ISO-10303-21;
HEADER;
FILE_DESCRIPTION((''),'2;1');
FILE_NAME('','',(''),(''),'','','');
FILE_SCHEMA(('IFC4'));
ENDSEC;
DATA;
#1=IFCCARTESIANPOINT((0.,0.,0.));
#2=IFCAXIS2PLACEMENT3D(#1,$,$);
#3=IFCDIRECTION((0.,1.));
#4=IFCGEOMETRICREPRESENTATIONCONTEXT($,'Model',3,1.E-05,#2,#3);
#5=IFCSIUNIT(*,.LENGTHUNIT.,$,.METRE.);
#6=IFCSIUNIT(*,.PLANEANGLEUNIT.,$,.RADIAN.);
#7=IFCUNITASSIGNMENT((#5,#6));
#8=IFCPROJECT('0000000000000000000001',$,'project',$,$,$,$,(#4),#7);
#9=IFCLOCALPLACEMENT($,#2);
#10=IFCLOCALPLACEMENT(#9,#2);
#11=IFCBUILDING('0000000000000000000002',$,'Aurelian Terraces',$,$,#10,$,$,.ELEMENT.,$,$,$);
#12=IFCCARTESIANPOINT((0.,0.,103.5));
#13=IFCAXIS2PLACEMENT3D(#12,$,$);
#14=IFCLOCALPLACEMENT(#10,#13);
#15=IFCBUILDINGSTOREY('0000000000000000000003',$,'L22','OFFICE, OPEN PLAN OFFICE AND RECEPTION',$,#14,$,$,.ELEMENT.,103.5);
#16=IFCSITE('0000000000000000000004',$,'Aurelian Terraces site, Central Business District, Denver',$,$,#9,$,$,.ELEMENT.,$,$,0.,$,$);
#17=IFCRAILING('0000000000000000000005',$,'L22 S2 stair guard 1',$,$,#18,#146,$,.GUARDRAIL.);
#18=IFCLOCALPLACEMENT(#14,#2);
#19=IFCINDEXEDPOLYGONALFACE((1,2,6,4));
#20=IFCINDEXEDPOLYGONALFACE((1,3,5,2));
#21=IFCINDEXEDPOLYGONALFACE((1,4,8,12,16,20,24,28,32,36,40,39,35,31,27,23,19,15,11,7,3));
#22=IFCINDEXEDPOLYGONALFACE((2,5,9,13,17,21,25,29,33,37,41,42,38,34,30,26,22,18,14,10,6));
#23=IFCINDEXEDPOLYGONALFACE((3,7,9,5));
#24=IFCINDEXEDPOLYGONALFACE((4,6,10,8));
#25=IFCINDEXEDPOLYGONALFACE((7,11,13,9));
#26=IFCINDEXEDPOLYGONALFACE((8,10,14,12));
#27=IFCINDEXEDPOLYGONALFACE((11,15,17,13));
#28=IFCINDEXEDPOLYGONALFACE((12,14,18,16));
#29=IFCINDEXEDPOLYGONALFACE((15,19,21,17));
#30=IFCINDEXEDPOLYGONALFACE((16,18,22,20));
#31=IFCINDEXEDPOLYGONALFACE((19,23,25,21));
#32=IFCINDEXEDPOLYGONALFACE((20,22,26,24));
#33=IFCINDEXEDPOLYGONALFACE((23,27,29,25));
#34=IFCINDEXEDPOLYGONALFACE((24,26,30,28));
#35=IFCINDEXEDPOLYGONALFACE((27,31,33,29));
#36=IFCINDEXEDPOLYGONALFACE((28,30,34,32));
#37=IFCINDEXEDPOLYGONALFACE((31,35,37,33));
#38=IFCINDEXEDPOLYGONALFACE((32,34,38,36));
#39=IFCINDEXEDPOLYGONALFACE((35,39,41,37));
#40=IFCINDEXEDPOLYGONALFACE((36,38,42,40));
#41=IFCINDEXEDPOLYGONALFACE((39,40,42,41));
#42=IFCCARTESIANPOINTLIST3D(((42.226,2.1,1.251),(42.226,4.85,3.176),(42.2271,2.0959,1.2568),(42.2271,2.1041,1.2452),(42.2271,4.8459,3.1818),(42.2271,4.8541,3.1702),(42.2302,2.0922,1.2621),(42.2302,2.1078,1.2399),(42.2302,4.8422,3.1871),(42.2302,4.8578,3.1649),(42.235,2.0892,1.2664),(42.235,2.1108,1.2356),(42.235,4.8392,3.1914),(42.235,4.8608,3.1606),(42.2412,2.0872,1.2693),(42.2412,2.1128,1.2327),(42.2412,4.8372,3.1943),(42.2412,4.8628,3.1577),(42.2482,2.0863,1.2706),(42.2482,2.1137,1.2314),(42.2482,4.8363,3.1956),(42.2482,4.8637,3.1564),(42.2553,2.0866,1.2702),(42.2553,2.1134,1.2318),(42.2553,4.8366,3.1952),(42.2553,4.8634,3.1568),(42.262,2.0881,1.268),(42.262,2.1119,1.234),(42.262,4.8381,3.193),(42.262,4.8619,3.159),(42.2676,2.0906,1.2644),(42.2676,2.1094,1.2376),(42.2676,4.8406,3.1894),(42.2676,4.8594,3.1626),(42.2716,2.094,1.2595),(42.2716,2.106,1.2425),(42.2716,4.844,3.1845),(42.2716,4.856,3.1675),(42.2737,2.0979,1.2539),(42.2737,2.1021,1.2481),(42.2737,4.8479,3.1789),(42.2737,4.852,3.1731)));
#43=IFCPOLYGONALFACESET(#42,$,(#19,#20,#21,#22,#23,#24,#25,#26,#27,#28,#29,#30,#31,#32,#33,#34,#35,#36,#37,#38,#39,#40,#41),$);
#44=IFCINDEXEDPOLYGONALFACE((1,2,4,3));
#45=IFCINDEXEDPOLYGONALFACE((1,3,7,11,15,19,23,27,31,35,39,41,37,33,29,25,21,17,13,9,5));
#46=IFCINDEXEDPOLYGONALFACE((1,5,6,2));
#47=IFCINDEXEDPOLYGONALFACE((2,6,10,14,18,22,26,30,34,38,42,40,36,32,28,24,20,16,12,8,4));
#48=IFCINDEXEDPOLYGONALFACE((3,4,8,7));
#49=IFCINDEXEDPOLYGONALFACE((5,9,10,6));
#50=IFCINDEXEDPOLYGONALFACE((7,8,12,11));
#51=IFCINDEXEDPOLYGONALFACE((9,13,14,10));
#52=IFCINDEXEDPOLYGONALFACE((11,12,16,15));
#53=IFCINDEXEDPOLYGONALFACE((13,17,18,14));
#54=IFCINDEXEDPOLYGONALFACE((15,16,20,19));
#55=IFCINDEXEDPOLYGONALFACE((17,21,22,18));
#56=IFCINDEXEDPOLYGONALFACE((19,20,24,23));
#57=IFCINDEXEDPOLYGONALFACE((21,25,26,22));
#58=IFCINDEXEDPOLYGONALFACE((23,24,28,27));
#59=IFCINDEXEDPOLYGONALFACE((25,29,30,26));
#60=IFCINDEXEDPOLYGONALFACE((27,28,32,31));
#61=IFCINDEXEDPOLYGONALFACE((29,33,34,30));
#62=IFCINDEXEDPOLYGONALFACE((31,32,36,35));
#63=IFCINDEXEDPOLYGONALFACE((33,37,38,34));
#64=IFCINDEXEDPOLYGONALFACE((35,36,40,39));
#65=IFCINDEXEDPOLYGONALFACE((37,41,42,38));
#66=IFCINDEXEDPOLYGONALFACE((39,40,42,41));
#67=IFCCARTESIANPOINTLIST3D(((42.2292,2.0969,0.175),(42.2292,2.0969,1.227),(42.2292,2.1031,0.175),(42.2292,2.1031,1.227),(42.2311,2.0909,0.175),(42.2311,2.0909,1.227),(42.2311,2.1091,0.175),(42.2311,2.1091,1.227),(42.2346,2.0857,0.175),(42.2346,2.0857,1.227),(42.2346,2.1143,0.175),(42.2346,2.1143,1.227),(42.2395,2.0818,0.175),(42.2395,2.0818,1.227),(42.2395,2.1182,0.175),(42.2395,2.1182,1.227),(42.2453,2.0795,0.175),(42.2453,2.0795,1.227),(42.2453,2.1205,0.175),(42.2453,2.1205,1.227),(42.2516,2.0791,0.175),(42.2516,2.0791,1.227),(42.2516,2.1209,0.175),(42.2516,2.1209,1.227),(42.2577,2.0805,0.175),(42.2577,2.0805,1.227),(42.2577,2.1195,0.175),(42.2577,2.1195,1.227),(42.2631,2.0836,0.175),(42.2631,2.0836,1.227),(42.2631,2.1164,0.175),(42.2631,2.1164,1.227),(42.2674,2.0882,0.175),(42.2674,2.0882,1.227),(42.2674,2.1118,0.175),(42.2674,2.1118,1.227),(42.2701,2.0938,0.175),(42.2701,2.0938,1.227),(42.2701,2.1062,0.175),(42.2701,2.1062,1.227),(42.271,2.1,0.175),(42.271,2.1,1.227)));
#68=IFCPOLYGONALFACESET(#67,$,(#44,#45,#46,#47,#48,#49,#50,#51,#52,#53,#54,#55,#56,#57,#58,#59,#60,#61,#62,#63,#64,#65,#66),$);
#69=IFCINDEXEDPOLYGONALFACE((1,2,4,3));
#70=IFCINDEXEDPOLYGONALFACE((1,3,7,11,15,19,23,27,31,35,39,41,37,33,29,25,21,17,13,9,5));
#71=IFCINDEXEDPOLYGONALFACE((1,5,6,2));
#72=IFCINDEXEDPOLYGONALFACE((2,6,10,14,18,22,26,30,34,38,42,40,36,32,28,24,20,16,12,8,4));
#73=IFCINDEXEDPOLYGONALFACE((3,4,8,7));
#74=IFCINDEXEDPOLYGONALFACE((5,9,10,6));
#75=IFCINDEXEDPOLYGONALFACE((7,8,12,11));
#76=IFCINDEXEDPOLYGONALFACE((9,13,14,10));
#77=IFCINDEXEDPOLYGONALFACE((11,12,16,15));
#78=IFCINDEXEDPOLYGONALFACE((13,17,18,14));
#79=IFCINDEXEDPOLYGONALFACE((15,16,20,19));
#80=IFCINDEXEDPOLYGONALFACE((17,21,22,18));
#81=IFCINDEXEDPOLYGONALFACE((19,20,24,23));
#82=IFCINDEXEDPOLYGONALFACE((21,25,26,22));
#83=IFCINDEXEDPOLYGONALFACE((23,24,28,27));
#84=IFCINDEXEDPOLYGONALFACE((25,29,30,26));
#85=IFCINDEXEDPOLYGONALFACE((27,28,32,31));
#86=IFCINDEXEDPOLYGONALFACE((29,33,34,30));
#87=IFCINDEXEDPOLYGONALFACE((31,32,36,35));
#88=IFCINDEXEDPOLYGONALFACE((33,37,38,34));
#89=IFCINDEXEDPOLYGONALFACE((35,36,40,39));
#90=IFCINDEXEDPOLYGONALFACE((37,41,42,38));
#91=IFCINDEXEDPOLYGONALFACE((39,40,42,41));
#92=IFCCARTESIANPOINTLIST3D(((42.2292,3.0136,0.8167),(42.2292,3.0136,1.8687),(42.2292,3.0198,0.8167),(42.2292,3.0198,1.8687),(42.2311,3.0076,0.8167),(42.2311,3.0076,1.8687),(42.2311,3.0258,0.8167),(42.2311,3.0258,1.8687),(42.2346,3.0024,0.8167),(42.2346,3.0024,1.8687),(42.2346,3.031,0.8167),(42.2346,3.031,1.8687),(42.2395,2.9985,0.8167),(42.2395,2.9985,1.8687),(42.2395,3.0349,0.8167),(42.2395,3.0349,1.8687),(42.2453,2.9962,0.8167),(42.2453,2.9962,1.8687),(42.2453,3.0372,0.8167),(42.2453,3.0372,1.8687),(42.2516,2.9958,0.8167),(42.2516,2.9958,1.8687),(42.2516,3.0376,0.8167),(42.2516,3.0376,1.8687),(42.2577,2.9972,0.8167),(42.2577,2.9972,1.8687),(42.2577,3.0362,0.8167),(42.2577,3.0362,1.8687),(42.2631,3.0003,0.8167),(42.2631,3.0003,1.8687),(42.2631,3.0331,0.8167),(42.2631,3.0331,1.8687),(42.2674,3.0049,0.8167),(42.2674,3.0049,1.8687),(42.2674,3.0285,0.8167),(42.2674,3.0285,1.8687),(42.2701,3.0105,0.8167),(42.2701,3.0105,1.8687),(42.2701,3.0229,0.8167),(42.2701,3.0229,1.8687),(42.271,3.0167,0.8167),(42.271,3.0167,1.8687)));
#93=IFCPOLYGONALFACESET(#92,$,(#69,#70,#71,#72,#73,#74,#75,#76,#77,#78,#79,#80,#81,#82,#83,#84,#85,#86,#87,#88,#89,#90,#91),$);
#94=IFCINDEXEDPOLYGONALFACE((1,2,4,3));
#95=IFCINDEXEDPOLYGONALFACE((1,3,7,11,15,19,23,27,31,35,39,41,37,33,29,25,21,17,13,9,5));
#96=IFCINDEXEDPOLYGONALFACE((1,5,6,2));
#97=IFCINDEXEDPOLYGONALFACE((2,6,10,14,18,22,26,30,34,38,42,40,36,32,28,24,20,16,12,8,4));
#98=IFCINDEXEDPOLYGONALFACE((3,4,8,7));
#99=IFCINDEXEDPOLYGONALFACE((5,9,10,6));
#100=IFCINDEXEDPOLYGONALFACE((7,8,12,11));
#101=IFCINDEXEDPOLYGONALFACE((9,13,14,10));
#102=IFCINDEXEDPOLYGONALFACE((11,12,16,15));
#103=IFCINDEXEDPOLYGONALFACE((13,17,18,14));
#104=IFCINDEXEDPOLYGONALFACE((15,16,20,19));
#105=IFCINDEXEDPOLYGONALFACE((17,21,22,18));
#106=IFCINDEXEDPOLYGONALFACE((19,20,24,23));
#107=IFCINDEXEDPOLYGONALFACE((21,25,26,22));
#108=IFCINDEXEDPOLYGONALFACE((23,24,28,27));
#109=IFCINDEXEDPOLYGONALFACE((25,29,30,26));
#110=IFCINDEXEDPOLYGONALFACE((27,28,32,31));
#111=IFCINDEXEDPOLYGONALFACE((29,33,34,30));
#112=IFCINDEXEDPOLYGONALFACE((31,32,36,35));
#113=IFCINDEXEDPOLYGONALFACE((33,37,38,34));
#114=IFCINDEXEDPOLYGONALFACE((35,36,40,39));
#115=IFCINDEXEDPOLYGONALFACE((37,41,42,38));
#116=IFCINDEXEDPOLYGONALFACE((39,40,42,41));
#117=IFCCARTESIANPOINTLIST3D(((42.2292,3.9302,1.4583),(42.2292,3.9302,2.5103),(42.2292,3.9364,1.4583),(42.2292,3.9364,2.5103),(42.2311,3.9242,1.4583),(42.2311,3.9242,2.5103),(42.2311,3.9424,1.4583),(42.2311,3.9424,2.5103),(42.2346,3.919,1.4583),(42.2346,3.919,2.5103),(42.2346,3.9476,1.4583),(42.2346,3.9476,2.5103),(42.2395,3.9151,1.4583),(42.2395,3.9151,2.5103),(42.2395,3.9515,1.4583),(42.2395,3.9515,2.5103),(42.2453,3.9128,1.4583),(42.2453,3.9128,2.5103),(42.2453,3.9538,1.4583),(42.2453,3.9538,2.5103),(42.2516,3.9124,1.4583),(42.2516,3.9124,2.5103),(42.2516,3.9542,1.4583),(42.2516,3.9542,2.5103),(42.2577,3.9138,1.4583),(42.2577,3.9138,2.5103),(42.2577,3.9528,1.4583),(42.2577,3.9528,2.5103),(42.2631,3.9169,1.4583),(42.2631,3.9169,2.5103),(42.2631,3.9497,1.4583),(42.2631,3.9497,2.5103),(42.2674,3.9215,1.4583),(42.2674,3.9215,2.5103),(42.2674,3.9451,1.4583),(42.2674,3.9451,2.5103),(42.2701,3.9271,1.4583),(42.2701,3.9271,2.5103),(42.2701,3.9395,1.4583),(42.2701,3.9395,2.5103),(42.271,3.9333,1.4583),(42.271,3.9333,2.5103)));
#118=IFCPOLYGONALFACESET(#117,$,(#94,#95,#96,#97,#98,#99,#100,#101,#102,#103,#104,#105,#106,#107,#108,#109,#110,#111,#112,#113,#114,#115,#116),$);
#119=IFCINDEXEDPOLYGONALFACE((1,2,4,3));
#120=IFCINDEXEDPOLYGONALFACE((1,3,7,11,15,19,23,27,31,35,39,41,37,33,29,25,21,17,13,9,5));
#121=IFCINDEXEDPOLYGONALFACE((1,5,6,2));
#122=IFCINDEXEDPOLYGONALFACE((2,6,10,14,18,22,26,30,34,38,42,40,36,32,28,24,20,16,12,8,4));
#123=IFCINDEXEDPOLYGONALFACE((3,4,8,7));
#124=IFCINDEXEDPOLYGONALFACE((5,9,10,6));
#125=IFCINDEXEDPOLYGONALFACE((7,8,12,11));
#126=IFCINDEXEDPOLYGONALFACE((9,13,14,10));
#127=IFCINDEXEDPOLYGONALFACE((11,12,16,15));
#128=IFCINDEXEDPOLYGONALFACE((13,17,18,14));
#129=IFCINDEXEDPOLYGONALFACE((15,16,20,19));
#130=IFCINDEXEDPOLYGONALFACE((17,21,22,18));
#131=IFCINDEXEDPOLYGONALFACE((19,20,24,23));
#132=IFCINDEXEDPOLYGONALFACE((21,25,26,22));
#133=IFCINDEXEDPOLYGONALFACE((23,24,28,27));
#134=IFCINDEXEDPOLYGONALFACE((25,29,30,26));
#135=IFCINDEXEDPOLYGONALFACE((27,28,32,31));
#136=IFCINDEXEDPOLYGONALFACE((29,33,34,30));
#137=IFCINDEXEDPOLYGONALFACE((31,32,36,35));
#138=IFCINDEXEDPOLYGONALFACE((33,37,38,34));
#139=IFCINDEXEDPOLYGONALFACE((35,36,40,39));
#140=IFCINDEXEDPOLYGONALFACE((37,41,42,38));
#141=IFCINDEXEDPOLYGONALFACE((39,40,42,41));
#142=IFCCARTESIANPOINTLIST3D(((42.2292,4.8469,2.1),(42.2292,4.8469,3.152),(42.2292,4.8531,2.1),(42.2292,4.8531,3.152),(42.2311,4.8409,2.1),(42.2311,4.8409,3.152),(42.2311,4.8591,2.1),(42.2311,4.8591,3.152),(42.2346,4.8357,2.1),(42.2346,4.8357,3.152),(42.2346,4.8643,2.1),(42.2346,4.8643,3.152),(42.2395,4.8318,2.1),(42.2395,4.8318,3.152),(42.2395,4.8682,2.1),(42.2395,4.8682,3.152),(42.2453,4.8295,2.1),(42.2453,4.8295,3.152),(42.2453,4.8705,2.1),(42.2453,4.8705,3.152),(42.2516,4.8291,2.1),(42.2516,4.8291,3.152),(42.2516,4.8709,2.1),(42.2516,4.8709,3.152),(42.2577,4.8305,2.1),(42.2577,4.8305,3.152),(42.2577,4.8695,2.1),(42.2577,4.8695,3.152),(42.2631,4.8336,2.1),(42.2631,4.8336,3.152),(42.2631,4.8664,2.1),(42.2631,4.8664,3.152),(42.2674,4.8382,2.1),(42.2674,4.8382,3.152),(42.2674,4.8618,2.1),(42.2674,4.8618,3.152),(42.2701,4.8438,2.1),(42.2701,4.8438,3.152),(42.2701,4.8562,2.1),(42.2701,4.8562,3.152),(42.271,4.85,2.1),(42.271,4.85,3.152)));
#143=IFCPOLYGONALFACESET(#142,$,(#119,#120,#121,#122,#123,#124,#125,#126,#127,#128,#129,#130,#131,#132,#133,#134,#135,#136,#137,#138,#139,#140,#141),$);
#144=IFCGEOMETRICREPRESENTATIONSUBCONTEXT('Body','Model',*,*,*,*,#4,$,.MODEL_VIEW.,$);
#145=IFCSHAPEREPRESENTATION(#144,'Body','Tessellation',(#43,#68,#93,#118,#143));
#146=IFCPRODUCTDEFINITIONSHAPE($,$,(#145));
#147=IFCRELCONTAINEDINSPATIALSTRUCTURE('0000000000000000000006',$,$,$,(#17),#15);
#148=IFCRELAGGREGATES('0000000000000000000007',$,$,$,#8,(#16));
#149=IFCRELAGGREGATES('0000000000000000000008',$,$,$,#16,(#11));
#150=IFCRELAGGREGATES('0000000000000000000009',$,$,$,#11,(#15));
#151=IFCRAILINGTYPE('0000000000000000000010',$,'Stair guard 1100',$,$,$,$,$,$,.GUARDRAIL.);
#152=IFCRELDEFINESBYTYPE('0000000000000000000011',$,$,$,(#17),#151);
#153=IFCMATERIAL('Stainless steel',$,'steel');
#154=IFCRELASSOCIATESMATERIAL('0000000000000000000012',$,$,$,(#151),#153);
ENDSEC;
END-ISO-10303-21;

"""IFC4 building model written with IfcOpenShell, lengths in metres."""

from ifc_helpers import new_model, si_unit, direction, frame, origin, origin_2d, place, context, subcontext, project, spatial, circle, extrude, source, transform, mapped, material, type_object, element, save


model = new_model("IFC4")

# Units and contexts
model_context = context("Model", 3, precision=1e-05, world=origin(), true_north=direction((0.0, 1.0)))
body_context = subcontext(model_context, "Body", "Model", "MODEL_VIEW")
ifc_project = project(units=[si_unit("LENGTHUNIT", "METRE"), si_unit("PLANEANGLEUNIT", "RADIAN")], contexts=[model_context])

# Site, building, storey
site_placement = place(None, origin())
site = spatial("IfcSite", under=ifc_project, at=site_placement, Name="Aurelian Terraces site, Central Business District, Denver", CompositionType="ELEMENT", RefElevation=0.0)
building_placement = place(site_placement, origin())
building = spatial("IfcBuilding", under=site, at=building_placement, Name="Aurelian Terraces", CompositionType="ELEMENT")
storey_placement = place(building_placement, frame((0.0, 0.0, 103.5)))
storey = spatial("IfcBuildingStorey", under=building, at=storey_placement, Name="L22", Description="OFFICE, OPEN PLAN OFFICE AND RECEPTION", CompositionType="ELEMENT", Elevation=103.5)

# Railing
ifc_material_1 = material(Name="Stainless steel", Category="steel")
railing_type_1 = type_object("IfcRailingType", Name="Stair guard 1100", PredefinedType="GUARDRAIL", material=ifc_material_1)
shared_shape_1 = source(origin(), body_context, "Body", "SweptSolid", [
    extrude(circle(Radius=0.024, at=origin_2d()), frame((0.0, 0.0, 1.076), z_axis=(0.0, 0.819232, 0.573462), x_axis=(-1.0, 0.0, 0.0)), (0.0, 0.0, 1.0), 3.3568),
    extrude(circle(Radius=0.021, at=origin_2d()), origin(), (0.0, 0.0, 1.0), 1.052),
    extrude(circle(Radius=0.021, at=origin_2d()), frame((0.0, 0.9167, 0.6417)), (0.0, 0.0, 1.0), 1.052),
    extrude(circle(Radius=0.021, at=origin_2d()), frame((0.0, 1.8333, 1.2833)), (0.0, 0.0, 1.0), 1.052),
    extrude(circle(Radius=0.021, at=origin_2d()), frame((0.0, 2.75, 1.925)), (0.0, 0.0, 1.0), 1.052),
])
railing_1_placement = place(storey_placement, frame((42.25, 2.1, 0.175)))
element("IfcRailing", 1, at=railing_1_placement, inside=storey, type_object=railing_type_1, Name="L22 S2 stair guard 1", PredefinedType="GUARDRAIL", context=body_context, shape_type="MappedRepresentation", body=[
    mapped(shared_shape_1, transform((0.0, 0.0, 0.0), scale=1.0)),
])

save(model, "model.ifc")
